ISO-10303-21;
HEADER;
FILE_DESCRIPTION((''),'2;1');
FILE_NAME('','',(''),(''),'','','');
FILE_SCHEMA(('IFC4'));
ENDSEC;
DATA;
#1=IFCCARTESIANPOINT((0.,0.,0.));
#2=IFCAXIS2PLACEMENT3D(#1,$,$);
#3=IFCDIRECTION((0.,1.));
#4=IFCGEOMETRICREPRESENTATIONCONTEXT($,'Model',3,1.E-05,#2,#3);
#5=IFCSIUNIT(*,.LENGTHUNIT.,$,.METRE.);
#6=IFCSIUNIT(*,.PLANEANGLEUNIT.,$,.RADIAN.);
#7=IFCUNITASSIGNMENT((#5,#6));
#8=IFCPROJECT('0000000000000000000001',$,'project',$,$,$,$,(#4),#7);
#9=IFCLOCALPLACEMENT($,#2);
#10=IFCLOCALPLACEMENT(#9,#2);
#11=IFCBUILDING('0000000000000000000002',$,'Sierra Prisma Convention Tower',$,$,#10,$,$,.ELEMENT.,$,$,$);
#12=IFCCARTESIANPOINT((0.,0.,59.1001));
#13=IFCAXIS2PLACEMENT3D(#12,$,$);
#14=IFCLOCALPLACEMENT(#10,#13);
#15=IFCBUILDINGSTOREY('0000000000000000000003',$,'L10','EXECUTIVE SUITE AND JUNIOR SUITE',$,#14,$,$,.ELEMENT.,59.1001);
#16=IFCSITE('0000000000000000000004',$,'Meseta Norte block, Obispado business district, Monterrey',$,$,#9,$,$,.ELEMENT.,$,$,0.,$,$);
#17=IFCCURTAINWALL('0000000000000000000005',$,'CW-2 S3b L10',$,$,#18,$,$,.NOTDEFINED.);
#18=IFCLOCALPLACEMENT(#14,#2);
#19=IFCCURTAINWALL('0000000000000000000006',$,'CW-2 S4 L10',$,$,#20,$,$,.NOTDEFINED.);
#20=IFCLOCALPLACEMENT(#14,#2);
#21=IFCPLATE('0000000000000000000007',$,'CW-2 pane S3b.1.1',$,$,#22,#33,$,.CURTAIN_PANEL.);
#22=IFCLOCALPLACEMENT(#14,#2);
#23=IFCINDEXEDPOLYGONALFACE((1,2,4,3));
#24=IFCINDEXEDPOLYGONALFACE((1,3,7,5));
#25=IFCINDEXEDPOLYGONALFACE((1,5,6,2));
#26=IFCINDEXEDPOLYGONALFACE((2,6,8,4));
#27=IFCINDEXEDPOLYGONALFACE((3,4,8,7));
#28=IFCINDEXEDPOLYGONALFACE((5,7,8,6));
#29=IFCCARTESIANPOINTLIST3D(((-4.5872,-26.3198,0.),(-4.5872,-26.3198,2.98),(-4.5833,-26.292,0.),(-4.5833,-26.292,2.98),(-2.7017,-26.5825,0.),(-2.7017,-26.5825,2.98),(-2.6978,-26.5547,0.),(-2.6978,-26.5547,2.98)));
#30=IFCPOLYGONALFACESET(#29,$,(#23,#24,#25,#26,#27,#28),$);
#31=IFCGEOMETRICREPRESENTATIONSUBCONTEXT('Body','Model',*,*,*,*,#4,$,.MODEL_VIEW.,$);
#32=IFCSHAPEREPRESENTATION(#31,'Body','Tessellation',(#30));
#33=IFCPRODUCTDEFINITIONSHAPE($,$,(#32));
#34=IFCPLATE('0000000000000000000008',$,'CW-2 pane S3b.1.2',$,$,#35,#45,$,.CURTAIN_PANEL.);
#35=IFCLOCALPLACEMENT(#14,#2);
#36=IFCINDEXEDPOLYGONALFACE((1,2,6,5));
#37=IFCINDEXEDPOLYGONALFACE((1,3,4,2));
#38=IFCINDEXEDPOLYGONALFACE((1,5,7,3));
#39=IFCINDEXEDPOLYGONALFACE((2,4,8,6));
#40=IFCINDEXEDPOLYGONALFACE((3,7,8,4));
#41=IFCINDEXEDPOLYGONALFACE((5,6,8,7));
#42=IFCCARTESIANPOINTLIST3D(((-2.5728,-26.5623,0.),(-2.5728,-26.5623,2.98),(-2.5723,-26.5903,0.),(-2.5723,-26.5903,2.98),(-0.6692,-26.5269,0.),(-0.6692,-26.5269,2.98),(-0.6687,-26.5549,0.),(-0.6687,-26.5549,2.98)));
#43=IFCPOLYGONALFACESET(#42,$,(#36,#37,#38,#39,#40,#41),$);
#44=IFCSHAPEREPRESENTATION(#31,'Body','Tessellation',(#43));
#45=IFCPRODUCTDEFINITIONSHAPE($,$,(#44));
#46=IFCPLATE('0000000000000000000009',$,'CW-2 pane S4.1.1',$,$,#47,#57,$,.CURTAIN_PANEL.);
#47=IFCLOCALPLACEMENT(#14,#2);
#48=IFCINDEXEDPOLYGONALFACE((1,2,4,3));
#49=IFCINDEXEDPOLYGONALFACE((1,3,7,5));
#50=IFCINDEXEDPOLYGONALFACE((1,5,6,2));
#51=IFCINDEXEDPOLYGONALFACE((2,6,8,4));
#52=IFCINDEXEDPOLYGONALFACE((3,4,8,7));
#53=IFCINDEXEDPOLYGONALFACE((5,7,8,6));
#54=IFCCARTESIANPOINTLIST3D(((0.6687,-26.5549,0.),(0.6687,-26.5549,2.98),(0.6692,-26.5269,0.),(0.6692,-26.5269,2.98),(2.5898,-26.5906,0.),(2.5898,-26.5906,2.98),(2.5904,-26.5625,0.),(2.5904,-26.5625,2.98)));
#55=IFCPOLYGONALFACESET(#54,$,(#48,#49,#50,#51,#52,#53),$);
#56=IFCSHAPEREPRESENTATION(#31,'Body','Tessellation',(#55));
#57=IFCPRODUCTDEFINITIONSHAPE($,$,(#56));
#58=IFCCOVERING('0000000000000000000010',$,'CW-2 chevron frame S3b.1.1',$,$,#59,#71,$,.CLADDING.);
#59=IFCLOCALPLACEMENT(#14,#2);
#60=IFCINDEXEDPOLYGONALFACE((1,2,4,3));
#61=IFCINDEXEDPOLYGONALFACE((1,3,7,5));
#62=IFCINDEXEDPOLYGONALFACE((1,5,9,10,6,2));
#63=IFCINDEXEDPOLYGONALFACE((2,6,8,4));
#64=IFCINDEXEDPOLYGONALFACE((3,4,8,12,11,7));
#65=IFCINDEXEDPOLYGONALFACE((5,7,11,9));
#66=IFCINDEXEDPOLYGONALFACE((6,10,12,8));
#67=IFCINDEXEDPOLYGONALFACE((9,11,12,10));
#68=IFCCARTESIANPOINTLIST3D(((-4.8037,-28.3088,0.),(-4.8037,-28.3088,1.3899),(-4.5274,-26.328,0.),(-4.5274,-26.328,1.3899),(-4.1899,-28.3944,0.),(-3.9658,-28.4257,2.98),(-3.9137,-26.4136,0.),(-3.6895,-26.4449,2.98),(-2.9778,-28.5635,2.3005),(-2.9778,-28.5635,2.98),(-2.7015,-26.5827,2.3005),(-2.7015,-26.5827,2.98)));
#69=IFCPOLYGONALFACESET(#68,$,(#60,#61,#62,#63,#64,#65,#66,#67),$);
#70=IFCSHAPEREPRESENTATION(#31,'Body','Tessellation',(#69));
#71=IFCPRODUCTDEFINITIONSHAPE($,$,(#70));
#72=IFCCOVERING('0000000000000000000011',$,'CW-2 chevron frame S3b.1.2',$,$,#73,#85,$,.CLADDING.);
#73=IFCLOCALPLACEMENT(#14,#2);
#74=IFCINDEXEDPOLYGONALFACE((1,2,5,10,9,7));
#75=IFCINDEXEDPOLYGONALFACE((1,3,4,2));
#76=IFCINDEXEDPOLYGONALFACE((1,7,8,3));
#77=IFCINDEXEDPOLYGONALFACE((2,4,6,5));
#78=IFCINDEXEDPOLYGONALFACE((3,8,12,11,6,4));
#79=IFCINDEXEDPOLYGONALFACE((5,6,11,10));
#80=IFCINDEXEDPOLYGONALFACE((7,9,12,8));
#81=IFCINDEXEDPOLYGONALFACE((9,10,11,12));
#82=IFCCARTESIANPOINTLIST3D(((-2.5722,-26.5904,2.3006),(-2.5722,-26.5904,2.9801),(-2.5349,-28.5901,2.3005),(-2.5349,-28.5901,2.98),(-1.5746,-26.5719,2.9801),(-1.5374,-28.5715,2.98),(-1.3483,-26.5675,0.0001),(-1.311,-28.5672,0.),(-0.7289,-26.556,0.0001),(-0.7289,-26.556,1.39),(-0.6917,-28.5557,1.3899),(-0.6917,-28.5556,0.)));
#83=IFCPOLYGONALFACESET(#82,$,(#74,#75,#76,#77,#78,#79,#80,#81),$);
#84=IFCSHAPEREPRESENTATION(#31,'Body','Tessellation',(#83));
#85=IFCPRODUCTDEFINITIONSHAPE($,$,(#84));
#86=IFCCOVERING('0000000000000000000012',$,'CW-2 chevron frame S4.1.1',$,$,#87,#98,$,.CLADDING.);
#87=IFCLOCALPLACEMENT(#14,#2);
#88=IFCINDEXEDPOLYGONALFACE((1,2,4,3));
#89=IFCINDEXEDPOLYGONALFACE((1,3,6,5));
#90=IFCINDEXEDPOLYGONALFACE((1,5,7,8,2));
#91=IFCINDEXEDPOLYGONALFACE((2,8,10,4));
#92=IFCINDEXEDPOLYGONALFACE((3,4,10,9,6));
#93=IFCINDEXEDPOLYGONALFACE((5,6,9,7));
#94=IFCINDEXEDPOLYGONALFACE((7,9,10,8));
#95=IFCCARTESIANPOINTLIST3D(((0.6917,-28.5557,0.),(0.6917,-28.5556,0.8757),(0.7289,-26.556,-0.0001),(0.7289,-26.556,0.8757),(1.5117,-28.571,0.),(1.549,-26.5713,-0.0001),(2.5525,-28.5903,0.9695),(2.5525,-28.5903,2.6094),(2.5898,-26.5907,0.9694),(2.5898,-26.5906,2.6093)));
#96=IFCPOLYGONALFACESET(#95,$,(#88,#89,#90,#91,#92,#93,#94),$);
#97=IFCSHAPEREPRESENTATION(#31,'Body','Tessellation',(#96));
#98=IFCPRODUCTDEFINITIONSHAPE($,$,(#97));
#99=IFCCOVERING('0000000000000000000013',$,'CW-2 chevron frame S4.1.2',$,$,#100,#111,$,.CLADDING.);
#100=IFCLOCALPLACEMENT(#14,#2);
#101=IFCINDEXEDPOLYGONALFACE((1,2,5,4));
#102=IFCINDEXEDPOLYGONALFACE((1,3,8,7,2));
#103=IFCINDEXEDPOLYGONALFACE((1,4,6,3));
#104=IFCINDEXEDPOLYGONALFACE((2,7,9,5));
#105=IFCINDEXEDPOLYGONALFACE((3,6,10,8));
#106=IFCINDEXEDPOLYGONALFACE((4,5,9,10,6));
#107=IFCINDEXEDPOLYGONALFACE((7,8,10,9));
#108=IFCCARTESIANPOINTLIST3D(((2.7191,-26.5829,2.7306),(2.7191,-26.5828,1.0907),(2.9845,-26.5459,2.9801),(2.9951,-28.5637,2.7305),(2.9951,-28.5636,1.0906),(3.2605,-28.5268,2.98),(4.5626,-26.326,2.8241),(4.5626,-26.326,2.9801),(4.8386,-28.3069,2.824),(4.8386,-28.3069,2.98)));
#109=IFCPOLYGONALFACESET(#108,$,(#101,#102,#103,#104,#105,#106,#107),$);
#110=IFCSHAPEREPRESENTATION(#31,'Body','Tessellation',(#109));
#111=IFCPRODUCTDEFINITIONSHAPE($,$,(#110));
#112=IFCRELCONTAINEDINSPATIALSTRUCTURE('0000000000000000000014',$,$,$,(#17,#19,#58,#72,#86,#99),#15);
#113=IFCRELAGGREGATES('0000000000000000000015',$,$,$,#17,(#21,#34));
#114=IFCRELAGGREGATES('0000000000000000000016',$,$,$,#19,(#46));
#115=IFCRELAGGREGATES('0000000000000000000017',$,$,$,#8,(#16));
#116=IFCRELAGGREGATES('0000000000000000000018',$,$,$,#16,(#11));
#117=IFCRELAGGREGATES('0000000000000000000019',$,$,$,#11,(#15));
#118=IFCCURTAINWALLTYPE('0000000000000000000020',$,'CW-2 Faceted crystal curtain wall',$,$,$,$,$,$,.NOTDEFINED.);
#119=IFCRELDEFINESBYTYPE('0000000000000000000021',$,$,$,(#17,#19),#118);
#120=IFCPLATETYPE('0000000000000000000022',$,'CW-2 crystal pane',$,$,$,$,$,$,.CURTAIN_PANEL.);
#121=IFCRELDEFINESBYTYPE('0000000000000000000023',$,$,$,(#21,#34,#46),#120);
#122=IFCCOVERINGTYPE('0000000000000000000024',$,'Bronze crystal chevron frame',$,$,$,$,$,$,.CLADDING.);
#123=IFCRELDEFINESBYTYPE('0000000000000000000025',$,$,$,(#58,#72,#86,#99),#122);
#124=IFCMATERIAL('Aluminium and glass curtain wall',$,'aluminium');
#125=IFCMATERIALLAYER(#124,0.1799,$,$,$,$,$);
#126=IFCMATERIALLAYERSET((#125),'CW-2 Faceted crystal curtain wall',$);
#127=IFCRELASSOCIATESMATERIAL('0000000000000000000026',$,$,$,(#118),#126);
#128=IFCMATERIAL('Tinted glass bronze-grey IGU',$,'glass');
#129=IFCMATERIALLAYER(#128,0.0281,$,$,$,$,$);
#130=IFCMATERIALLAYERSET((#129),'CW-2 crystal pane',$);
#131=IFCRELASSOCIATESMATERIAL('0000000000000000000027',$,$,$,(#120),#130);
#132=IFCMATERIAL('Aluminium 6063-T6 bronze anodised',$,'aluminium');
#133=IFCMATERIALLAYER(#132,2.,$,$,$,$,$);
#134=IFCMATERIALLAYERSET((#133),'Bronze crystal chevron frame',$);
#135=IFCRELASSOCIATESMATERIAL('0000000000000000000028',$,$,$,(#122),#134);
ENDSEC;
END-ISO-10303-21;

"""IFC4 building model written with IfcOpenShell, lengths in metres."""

from ifc_helpers import new_model, si_unit, direction, frame, origin, place, context, subcontext, project, spatial, polyline, outline, extrude, material, layer, layer_set, type_object, element, aggregate, save


model = new_model("IFC4")

# Units and contexts
model_context = context("Model", 3, precision=1e-05, world=origin(), true_north=direction((0.0, 1.0)))
body_context = subcontext(model_context, "Body", "Model", "MODEL_VIEW")
ifc_project = project(units=[si_unit("LENGTHUNIT", "METRE"), si_unit("PLANEANGLEUNIT", "RADIAN")], contexts=[model_context])

# Site, building, storey
site_placement = place(None, origin())
site = spatial("IfcSite", under=ifc_project, at=site_placement, Name="Meseta Norte block, Obispado business district, Monterrey", CompositionType="ELEMENT", RefElevation=0.0)
building_placement = place(site_placement, origin())
building = spatial("IfcBuilding", under=site, at=building_placement, Name="Sierra Prisma Convention Tower", CompositionType="ELEMENT")
storey_placement = place(building_placement, frame((0.0, 0.0, 59.1001)))
storey = spatial("IfcBuildingStorey", under=building, at=storey_placement, Name="L10", Description="EXECUTIVE SUITE AND JUNIOR SUITE", CompositionType="ELEMENT", Elevation=59.1001)

# Curtain walls
ifc_material_1 = material(Name="Aluminium and glass curtain wall", Category="aluminium")
ifc_layer_1 = layer(ifc_material_1, 0.1799)
ifc_layer_set_1 = layer_set([ifc_layer_1], Name="CW-2 Faceted crystal curtain wall")
curtain_wall_type = type_object("IfcCurtainWallType", Name="CW-2 Faceted crystal curtain wall", PredefinedType="NOTDEFINED", material=ifc_layer_set_1)
curtain_wall_1_placement = place(storey_placement, origin())
curtain_wall_1 = element("IfcCurtainWall", 1, at=curtain_wall_1_placement, inside=storey, type_object=curtain_wall_type, Name="CW-2 S3b L10", PredefinedType="NOTDEFINED")
curtain_wall_2_placement = place(storey_placement, origin())
curtain_wall_2 = element("IfcCurtainWall", 2, at=curtain_wall_2_placement, inside=storey, type_object=curtain_wall_type, Name="CW-2 S4 L10", PredefinedType="NOTDEFINED")

# Plates
ifc_material_2 = material(Name="Tinted glass bronze-grey IGU", Category="glass")
ifc_layer_2 = layer(ifc_material_2, 0.0281)
ifc_layer_set_2 = layer_set([ifc_layer_2], Name="CW-2 crystal pane")
plate_type = type_object("IfcPlateType", Name="CW-2 crystal pane", PredefinedType="CURTAIN_PANEL", material=ifc_layer_set_2)
plate_1_placement = place(storey_placement, frame((-4.5872, -26.3198, 0.0), z_axis=(-0.137991, -0.990433, 0.0), x_axis=(0.990433, -0.137991, 0.0)))
plate_1 = element("IfcPlate", 3, at=plate_1_placement, type_object=plate_type, Name="CW-2 pane S3b.1.1", PredefinedType="CURTAIN_PANEL", context=body_context, shape_type="SweptSolid", body=[
    extrude(outline(polyline([(0.0, 0.0), (1.9037, 0.0), (1.9037, 2.98), (0.0, 2.98), (0.0, 0.0)])), origin(), (0.0, 0.0, -1.0), 0.0281),
])
plate_2_placement = place(storey_placement, frame((-0.6687, -26.5549, 0.0), z_axis=(0.018594, -0.999827, 0.0), x_axis=(-0.999827, -0.018594, 0.0)))
plate_2 = element("IfcPlate", 4, at=plate_2_placement, type_object=plate_type, Name="CW-2 pane S3b.1.2", PredefinedType="CURTAIN_PANEL", context=body_context, shape_type="SweptSolid", body=[
    extrude(outline(polyline([(0.0, 0.0), (1.9039, 0.0), (1.9039, -2.98), (0.0, -2.98), (0.0, 0.0)])), origin(), (0.0, 0.0, -1.0), 0.0281),
])
aggregate(curtain_wall_1, [plate_1, plate_2])
plate_3_placement = place(storey_placement, frame((0.6687, -26.5549, 0.0), z_axis=(-0.018551, -0.999828, 0.0), x_axis=(0.999828, -0.018551, 0.0)))
plate_3 = element("IfcPlate", 5, at=plate_3_placement, type_object=plate_type, Name="CW-2 pane S4.1.1", PredefinedType="CURTAIN_PANEL", context=body_context, shape_type="SweptSolid", body=[
    extrude(outline(polyline([(0.0, 0.0), (1.9215, 0.0), (1.9215, 2.98), (0.0, 2.98), (0.0, 0.0)])), origin(), (0.0, 0.0, -1.0), 0.0281),
])
aggregate(curtain_wall_2, [plate_3])

# Coverings
ifc_material_3 = material(Name="Aluminium 6063-T6 bronze anodised", Category="aluminium")
ifc_layer_3 = layer(ifc_material_3, 2.0)
ifc_layer_set_3 = layer_set([ifc_layer_3], Name="Bronze crystal chevron frame")
covering_type = type_object("IfcCoveringType", Name="Bronze crystal chevron frame", PredefinedType="CLADDING", material=ifc_layer_set_3)
covering_1_placement = place(storey_placement, frame((-4.8037, -28.3088, 0.0), z_axis=(-0.138132, -0.990414, 0.000001), x_axis=(0.990414, -0.138132, 0.0)))
element("IfcCovering", 6, at=covering_1_placement, inside=storey, type_object=covering_type, Name="CW-2 chevron frame S3b.1.1", PredefinedType="CLADDING", context=body_context, shape_type="SweptSolid", body=[
    extrude(outline(polyline([(0.0, 0.0), (0.6197, 0.0), (1.8436, 2.3005), (1.8436, 2.98), (0.846, 2.98), (0.0, 1.3899), (0.0, 0.0)])), origin(), (0.0, 0.0, -1.0), 2.0),
])
covering_2_placement = place(storey_placement, frame((-2.5349, -28.5901, 2.98), z_axis=(0.018623, -0.999827, -0.000045), x_axis=(-0.000001, 0.000045, -1.0)))
element("IfcCovering", 7, at=covering_2_placement, inside=storey, type_object=covering_type, Name="CW-2 chevron frame S3b.1.2", PredefinedType="CLADDING", context=body_context, shape_type="SweptSolid", body=[
    extrude(outline(polyline([(0.0, 0.0), (0.6794, 0.0), (2.98, 1.2241), (2.98, 1.8436), (1.5901, 1.8436), (0.0, 0.9977), (0.0, 0.0)])), origin(), (0.0, 0.0, -1.0), 2.0),
])
covering_3_placement = place(storey_placement, frame((0.6917, -28.5557, 0.0), z_axis=(-0.018645, -0.999826, 0.000035), x_axis=(0.999826, -0.018645, 0.0)))
element("IfcCovering", 8, at=covering_3_placement, inside=storey, type_object=covering_type, Name="CW-2 chevron frame S4.1.1", PredefinedType="CLADDING", context=body_context, shape_type="SweptSolid", body=[
    extrude(outline(polyline([(0.0, 0.0), (0.8202, 0.0), (1.8612, 0.9695), (1.8612, 2.6094), (0.0, 0.8757), (0.0, 0.0)])), origin(), (0.0, 0.0, -1.0), 2.0),
])
covering_4_placement = place(storey_placement, frame((2.9951, -28.5637, 2.7305), z_axis=(0.137994, -0.990433, -0.000053), x_axis=(-0.000007, 0.000052, -1.0)))
element("IfcCovering", 9, at=covering_4_placement, inside=storey, type_object=covering_type, Name="CW-2 chevron frame S4.1.2", PredefinedType="CLADDING", context=body_context, shape_type="SweptSolid", body=[
    extrude(outline(polyline([(0.0, 0.0), (1.6399, 0.0), (-0.0935, 1.8613), (-0.2495, 1.8613), (-0.2495, 0.2679), (0.0, 0.0)])), origin(), (0.0, 0.0, -1.0), 2.0),
])

save(model, "model.ifc")
